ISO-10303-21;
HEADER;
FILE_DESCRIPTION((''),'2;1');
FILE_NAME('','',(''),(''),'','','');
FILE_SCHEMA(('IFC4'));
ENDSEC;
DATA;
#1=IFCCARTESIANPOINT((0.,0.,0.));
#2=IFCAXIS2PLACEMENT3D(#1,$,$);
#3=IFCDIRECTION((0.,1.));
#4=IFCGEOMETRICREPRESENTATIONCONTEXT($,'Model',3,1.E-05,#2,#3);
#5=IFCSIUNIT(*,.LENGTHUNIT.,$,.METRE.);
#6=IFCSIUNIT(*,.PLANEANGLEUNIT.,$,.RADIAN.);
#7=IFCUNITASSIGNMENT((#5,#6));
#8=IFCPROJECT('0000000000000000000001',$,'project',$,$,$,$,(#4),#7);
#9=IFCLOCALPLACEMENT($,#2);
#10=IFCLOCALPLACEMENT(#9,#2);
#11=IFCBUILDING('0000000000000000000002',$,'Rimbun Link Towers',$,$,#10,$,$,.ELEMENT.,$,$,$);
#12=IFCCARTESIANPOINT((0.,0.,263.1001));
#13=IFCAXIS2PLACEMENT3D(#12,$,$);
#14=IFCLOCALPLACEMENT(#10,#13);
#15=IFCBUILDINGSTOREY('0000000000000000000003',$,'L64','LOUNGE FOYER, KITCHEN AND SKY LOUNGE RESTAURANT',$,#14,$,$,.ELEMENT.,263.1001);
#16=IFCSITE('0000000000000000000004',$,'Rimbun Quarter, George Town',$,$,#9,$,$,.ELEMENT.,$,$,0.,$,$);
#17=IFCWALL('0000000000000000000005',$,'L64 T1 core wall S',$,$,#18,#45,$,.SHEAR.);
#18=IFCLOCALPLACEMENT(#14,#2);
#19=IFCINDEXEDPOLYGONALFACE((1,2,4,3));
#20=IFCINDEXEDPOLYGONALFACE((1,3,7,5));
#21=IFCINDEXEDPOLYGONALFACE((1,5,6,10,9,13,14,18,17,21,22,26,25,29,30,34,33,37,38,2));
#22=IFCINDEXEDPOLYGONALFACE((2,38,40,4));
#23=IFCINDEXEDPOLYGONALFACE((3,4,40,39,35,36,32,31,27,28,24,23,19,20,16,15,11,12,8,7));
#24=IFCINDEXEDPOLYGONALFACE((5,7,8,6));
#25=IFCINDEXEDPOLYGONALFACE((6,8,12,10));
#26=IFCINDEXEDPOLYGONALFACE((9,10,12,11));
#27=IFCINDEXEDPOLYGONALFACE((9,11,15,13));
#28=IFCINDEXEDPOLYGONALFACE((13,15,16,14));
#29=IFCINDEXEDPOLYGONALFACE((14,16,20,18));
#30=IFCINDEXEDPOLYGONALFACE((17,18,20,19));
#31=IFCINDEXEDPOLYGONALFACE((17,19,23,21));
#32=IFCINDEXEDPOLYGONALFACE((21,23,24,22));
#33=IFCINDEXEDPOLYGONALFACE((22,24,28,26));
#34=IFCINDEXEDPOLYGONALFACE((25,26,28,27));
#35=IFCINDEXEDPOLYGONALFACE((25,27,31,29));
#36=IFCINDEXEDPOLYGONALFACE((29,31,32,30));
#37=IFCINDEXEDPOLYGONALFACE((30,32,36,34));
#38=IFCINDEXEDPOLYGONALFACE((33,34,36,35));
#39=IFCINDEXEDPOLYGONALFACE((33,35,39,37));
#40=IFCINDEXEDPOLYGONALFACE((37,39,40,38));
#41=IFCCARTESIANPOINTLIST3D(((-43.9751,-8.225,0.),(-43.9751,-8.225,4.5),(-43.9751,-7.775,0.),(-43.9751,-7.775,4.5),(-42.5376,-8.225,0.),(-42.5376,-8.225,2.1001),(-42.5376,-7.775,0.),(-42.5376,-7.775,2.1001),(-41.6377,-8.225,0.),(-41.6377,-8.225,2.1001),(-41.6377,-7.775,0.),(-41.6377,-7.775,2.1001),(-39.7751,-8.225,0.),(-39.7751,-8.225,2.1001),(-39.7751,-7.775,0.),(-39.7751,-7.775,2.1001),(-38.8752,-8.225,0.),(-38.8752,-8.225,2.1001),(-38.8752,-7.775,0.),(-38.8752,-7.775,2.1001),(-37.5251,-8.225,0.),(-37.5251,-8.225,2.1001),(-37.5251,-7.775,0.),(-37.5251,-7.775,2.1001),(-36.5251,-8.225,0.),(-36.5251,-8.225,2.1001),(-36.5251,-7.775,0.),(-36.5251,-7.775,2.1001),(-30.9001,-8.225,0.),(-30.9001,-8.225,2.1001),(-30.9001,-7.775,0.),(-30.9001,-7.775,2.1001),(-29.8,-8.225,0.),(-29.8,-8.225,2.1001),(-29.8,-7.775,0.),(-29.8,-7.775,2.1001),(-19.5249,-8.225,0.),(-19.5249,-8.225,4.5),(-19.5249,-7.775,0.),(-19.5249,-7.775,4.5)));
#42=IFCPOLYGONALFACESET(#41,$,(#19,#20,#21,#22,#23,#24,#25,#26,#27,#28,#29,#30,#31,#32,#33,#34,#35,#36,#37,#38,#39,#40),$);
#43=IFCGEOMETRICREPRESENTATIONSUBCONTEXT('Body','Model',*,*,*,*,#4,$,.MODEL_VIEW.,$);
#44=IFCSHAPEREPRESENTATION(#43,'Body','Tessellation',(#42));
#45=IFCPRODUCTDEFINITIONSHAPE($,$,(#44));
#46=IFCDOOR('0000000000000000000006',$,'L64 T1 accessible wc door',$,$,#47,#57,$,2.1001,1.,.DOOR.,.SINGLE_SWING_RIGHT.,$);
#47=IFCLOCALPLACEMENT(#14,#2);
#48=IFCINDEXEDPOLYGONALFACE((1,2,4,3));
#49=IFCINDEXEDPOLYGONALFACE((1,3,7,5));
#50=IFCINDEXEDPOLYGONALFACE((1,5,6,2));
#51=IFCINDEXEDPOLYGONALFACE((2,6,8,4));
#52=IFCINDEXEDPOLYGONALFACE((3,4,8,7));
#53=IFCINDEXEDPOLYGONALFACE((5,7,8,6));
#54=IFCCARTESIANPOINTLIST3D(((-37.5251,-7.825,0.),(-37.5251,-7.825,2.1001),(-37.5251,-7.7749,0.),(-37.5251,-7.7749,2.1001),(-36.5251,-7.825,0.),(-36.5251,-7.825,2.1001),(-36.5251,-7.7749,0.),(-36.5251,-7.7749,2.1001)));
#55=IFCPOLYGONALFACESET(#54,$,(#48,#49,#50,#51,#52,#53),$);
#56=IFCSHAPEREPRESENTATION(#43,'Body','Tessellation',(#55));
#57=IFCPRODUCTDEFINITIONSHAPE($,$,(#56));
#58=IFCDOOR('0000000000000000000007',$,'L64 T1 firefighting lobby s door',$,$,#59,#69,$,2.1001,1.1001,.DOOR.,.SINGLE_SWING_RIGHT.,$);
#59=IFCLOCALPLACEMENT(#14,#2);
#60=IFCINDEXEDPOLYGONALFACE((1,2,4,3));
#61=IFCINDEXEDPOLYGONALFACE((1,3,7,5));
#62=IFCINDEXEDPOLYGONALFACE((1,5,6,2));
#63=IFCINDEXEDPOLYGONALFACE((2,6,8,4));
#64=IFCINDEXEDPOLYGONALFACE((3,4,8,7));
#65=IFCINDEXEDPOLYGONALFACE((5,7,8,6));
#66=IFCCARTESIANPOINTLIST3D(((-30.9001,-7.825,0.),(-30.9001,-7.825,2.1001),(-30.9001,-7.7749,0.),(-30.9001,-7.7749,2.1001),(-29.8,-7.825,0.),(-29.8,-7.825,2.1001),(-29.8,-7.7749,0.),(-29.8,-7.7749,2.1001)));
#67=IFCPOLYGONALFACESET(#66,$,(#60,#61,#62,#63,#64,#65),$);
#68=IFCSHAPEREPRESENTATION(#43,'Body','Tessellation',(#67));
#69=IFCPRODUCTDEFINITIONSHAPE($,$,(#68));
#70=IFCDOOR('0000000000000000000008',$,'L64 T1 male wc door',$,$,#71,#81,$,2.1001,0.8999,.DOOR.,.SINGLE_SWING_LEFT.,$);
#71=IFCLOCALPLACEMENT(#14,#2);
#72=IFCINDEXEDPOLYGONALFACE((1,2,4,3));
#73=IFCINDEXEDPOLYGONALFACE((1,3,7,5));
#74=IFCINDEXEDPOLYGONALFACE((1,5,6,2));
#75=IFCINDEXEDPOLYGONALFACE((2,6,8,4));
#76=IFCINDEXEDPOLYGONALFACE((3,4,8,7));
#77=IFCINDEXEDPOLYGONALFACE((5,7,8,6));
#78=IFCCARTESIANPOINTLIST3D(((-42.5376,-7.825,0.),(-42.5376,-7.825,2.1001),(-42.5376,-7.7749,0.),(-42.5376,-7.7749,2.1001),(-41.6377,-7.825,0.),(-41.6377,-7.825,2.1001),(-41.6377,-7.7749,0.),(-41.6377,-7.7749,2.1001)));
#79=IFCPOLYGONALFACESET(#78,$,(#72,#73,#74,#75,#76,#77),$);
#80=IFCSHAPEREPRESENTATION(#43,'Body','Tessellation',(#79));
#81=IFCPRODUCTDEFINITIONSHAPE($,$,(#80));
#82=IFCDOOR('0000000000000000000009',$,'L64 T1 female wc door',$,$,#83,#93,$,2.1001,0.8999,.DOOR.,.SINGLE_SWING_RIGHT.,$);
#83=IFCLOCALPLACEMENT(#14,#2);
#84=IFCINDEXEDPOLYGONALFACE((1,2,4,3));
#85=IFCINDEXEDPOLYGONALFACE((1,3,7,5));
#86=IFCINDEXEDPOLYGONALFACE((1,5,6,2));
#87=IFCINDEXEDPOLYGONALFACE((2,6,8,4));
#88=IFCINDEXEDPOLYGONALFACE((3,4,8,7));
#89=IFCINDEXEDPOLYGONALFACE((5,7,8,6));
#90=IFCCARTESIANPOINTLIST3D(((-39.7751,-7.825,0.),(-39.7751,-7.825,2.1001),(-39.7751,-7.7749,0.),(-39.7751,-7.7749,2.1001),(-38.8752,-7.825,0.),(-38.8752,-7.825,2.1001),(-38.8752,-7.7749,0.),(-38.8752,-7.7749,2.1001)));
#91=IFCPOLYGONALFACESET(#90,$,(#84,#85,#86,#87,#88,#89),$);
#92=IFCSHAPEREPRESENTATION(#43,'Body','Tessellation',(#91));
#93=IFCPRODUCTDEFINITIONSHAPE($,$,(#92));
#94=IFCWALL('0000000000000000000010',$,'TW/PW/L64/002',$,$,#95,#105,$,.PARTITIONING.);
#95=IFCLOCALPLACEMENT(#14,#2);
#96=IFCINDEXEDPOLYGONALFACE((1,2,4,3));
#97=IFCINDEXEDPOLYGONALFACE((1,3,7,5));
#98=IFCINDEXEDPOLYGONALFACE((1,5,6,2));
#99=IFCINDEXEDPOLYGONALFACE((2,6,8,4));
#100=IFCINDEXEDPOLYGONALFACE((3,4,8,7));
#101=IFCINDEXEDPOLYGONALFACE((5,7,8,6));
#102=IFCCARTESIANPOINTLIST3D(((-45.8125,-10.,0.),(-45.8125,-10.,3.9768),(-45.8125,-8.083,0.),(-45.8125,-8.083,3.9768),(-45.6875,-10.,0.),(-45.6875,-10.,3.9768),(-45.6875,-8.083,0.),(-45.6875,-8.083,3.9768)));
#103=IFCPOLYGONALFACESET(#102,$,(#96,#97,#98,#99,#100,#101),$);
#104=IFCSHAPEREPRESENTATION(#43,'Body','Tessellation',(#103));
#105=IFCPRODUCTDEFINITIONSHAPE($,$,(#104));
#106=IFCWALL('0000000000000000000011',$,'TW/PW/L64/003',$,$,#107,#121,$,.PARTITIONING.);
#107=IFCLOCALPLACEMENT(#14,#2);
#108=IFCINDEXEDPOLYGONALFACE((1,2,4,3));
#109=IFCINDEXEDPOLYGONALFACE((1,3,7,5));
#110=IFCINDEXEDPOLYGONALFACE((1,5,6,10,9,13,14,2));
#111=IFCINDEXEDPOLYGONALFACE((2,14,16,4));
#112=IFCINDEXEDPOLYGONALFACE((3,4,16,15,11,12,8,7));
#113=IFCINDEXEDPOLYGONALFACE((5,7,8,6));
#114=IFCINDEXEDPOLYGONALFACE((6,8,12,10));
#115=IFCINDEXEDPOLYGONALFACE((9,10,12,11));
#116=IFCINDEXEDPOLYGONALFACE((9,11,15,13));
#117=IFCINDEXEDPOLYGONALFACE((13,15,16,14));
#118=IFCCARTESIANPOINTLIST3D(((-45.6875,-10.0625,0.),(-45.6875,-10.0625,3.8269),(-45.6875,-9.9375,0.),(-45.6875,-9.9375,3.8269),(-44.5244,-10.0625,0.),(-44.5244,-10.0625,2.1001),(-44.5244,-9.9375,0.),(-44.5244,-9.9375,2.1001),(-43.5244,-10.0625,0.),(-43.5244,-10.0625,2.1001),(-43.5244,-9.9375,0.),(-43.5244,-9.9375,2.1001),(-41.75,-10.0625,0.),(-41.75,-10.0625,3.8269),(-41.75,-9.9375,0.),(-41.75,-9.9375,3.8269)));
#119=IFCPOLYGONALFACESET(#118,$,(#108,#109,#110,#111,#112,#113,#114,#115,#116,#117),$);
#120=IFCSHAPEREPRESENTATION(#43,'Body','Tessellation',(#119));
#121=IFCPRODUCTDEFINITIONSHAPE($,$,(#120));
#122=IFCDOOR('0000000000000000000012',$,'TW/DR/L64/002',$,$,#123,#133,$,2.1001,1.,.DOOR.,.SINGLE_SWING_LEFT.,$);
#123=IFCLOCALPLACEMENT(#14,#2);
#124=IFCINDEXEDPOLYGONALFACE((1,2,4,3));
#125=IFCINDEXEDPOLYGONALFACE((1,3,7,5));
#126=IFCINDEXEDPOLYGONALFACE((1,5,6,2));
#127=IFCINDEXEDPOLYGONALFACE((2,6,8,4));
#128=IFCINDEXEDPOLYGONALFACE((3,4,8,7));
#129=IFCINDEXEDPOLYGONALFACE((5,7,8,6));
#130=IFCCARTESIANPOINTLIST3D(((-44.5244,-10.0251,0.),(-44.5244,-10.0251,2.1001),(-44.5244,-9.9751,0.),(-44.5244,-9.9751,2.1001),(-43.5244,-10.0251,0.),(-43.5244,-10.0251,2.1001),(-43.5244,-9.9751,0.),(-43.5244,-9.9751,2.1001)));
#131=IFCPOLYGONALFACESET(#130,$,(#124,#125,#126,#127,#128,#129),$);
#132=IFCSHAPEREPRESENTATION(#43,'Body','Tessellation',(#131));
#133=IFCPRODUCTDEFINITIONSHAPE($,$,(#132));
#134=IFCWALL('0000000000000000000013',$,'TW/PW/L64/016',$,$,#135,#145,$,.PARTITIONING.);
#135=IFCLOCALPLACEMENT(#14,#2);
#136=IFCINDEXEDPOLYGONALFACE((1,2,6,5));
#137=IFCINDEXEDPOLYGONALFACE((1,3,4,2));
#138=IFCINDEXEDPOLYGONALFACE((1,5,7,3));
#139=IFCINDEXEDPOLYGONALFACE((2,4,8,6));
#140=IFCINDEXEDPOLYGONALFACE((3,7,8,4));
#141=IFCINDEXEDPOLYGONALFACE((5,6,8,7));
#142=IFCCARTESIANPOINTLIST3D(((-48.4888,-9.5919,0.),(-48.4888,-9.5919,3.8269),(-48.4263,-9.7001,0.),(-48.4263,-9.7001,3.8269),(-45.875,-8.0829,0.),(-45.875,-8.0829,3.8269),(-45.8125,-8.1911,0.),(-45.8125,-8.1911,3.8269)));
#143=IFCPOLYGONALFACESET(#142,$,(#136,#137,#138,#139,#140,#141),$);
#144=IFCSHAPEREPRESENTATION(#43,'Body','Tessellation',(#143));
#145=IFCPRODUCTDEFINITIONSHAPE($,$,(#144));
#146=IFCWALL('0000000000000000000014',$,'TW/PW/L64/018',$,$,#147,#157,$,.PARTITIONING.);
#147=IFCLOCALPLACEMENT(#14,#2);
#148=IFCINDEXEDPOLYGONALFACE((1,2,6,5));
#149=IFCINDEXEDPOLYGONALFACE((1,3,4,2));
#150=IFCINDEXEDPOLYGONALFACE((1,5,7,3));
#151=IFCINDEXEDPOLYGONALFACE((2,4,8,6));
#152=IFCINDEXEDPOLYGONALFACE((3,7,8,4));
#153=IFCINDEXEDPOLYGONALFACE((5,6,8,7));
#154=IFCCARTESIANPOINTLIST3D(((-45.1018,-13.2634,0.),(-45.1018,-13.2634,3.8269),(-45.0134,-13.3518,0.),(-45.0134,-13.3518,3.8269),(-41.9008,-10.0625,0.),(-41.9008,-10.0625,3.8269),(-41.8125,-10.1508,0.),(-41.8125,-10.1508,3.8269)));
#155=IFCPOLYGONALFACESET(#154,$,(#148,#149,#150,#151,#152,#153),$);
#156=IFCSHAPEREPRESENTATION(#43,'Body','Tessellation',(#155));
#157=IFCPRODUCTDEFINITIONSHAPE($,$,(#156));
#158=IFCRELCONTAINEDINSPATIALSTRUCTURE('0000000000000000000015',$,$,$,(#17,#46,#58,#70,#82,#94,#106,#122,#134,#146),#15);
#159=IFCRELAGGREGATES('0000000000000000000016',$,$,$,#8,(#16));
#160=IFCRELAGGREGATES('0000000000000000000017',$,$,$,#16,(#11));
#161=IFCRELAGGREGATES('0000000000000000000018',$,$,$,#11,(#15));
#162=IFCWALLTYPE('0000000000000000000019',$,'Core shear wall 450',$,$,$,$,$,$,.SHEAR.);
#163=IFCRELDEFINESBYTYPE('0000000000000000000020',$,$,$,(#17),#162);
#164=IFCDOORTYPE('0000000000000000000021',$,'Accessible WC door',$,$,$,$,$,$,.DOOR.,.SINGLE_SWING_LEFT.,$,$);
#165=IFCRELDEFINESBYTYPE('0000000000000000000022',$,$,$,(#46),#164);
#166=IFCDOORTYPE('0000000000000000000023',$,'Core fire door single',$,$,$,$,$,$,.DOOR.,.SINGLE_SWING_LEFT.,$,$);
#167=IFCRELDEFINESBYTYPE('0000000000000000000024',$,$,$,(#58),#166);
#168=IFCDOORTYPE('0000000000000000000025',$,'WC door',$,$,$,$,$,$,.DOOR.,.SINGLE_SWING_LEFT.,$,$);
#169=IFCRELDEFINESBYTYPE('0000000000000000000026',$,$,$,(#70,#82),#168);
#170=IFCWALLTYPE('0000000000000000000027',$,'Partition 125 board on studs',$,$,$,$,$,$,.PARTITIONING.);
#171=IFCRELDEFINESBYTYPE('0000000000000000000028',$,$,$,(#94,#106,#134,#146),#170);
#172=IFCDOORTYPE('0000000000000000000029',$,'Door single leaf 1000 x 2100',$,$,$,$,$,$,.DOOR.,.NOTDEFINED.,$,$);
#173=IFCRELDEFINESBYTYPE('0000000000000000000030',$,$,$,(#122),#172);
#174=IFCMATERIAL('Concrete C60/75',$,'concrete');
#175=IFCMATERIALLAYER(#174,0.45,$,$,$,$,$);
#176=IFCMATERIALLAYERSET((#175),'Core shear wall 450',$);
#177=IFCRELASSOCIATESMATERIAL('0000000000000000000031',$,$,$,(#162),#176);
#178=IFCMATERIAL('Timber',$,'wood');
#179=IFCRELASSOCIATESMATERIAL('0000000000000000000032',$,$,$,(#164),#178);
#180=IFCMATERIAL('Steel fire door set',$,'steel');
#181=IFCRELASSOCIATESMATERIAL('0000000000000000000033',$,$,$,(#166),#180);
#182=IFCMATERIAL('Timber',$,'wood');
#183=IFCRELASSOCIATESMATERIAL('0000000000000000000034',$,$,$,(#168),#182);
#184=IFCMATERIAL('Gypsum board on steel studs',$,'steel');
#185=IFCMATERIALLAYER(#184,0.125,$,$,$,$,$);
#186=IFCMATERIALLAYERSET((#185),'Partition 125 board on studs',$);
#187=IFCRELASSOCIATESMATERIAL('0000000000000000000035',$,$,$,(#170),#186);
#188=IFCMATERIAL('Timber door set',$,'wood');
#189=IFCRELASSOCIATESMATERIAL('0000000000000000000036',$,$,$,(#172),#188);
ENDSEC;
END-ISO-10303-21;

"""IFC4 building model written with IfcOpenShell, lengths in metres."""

from ifc_helpers import new_model, si_unit, direction, frame, frame_2d, origin, place, context, subcontext, project, spatial, rectangle, extrude, material, layer, layer_set, type_object, element, fill, save


model = new_model("IFC4")

# Units and contexts
model_context = context("Model", 3, precision=1e-05, world=origin(), true_north=direction((0.0, 1.0)))
body_context = subcontext(model_context, "Body", "Model", "MODEL_VIEW")
ifc_project = project(units=[si_unit("LENGTHUNIT", "METRE"), si_unit("PLANEANGLEUNIT", "RADIAN")], contexts=[model_context])

# Site, building, storey
site_placement = place(None, origin())
site = spatial("IfcSite", under=ifc_project, at=site_placement, Name="Rimbun Quarter, George Town", CompositionType="ELEMENT", RefElevation=0.0)
building_placement = place(site_placement, origin())
building = spatial("IfcBuilding", under=site, at=building_placement, Name="Rimbun Link Towers", CompositionType="ELEMENT")
storey_placement = place(building_placement, frame((0.0, 0.0, 263.1001)))
storey = spatial("IfcBuildingStorey", under=building, at=storey_placement, Name="L64", Description="LOUNGE FOYER, KITCHEN AND SKY LOUNGE RESTAURANT", CompositionType="ELEMENT", Elevation=263.1001)

# Wall, openings, doors
ifc_material_1 = material(Name="Concrete C60/75", Category="concrete")
ifc_layer_1 = layer(ifc_material_1, 0.45)
ifc_layer_set_1 = layer_set([ifc_layer_1], Name="Core shear wall 450")
wall_type_1 = type_object("IfcWallType", Name="Core shear wall 450", PredefinedType="SHEAR", material=ifc_layer_set_1)
wall_1_placement = place(storey_placement, frame((-43.9751, -8.0, 0.0), z_axis=(0.0, 0.0, 1.0), x_axis=(1.0, 0.0, 0.0)))
wall_1 = element("IfcWall", 1, at=wall_1_placement, inside=storey, type_object=wall_type_1, Name="L64 T1 core wall S", PredefinedType="SHEAR", context=body_context, shape_type="SweptSolid", body=[
    extrude(rectangle(XDim=24.4502, YDim=0.45, at=frame_2d((12.2251, 0.0))), origin(), (0.0, 0.0, 1.0), 4.5),
])
opening_1_placement = place(wall_1_placement, frame((13.075, 0.0, 0.0)))
opening_1 = element("IfcOpeningElement", 2, at=opening_1_placement, cuts=wall_1, PredefinedType="OPENING", context=body_context, shape_type="SweptSolid", body=[
    extrude(rectangle(XDim=1.1001, YDim=2.1001, at=frame_2d((0.55, 1.05))), frame((0.0, 0.2349, 0.0), z_axis=(0.0, -1.0, 0.0), x_axis=(1.0, 0.0, 0.0)), (0.0, 0.0, 1.0), 0.47),
])
opening_2_placement = place(wall_1_placement, frame((1.4375, 0.0, 0.0)))
opening_2 = element("IfcOpeningElement", 3, at=opening_2_placement, cuts=wall_1, PredefinedType="OPENING", context=body_context, shape_type="SweptSolid", body=[
    extrude(rectangle(XDim=0.8999, YDim=2.1001, at=frame_2d((0.45, 1.05))), frame((0.0, 0.2349, 0.0), z_axis=(0.0, -1.0, 0.0), x_axis=(1.0, 0.0, 0.0)), (0.0, 0.0, 1.0), 0.47),
])
opening_3_placement = place(wall_1_placement, frame((4.2, 0.0, 0.0)))
opening_3 = element("IfcOpeningElement", 4, at=opening_3_placement, cuts=wall_1, PredefinedType="OPENING", context=body_context, shape_type="SweptSolid", body=[
    extrude(rectangle(XDim=0.8999, YDim=2.1001, at=frame_2d((0.45, 1.05))), frame((0.0, 0.2349, 0.0), z_axis=(0.0, -1.0, 0.0), x_axis=(1.0, 0.0, 0.0)), (0.0, 0.0, 1.0), 0.47),
])
opening_4_placement = place(wall_1_placement, frame((6.45, 0.0, 0.0)))
opening_4 = element("IfcOpeningElement", 5, at=opening_4_placement, cuts=wall_1, PredefinedType="OPENING", context=body_context, shape_type="SweptSolid", body=[
    extrude(rectangle(XDim=1.0, YDim=2.1001, at=frame_2d((0.5, 1.05))), frame((0.0, 0.2349, 0.0), z_axis=(0.0, -1.0, 0.0), x_axis=(1.0, 0.0, 0.0)), (0.0, 0.0, 1.0), 0.47),
])
ifc_material_2 = material(Name="Timber", Category="wood")
door_type_1 = type_object("IfcDoorType", Name="Accessible WC door", OperationType="SINGLE_SWING_LEFT", PredefinedType="DOOR", material=ifc_material_2)
door_1_placement = place(opening_4_placement, origin())
door_1 = element("IfcDoor", 6, at=door_1_placement, inside=storey, type_object=door_type_1, Name="L64 T1 accessible wc door", OperationType="SINGLE_SWING_RIGHT", OverallHeight=2.1001, OverallWidth=1.0, PredefinedType="DOOR", context=body_context, shape_type="SweptSolid", body=[
    extrude(rectangle(XDim=1.0, YDim=2.1001, at=frame_2d((0.5, 1.05))), frame((0.0, 0.2251, 0.0), z_axis=(0.0, -1.0, 0.0), x_axis=(1.0, 0.0, 0.0)), (0.0, 0.0, 1.0), 0.05),
])
fill(opening_4, door_1)
ifc_material_3 = material(Name="Steel fire door set", Category="steel")
door_type_2 = type_object("IfcDoorType", Name="Core fire door single", OperationType="SINGLE_SWING_LEFT", PredefinedType="DOOR", material=ifc_material_3)
door_2_placement = place(opening_1_placement, origin())
door_2 = element("IfcDoor", 7, at=door_2_placement, inside=storey, type_object=door_type_2, Name="L64 T1 firefighting lobby s door", OperationType="SINGLE_SWING_RIGHT", OverallHeight=2.1001, OverallWidth=1.1001, PredefinedType="DOOR", context=body_context, shape_type="SweptSolid", body=[
    extrude(rectangle(XDim=1.1001, YDim=2.1001, at=frame_2d((0.55, 1.05))), frame((0.0, 0.2251, 0.0), z_axis=(0.0, -1.0, 0.0), x_axis=(1.0, 0.0, 0.0)), (0.0, 0.0, 1.0), 0.05),
])
fill(opening_1, door_2)
ifc_material_4 = material(Name="Timber", Category="wood")
door_type_3 = type_object("IfcDoorType", Name="WC door", OperationType="SINGLE_SWING_LEFT", PredefinedType="DOOR", material=ifc_material_4)
door_3_placement = place(opening_2_placement, origin())
door_3 = element("IfcDoor", 8, at=door_3_placement, inside=storey, type_object=door_type_3, Name="L64 T1 male wc door", OperationType="SINGLE_SWING_LEFT", OverallHeight=2.1001, OverallWidth=0.8999, PredefinedType="DOOR", context=body_context, shape_type="SweptSolid", body=[
    extrude(rectangle(XDim=0.8999, YDim=2.1001, at=frame_2d((0.45, 1.05))), frame((0.0, 0.2251, 0.0), z_axis=(0.0, -1.0, 0.0), x_axis=(1.0, 0.0, 0.0)), (0.0, 0.0, 1.0), 0.05),
])
fill(opening_2, door_3)
door_4_placement = place(opening_3_placement, origin())
door_4 = element("IfcDoor", 9, at=door_4_placement, inside=storey, type_object=door_type_3, Name="L64 T1 female wc door", OperationType="SINGLE_SWING_RIGHT", OverallHeight=2.1001, OverallWidth=0.8999, PredefinedType="DOOR", context=body_context, shape_type="SweptSolid", body=[
    extrude(rectangle(XDim=0.8999, YDim=2.1001, at=frame_2d((0.45, 1.05))), frame((0.0, 0.2251, 0.0), z_axis=(0.0, -1.0, 0.0), x_axis=(1.0, 0.0, 0.0)), (0.0, 0.0, 1.0), 0.05),
])
fill(opening_3, door_4)

# Wall
ifc_material_5 = material(Name="Gypsum board on steel studs", Category="steel")
ifc_layer_2 = layer(ifc_material_5, 0.125)
ifc_layer_set_2 = layer_set([ifc_layer_2], Name="Partition 125 board on studs")
wall_type_2 = type_object("IfcWallType", Name="Partition 125 board on studs", PredefinedType="PARTITIONING", material=ifc_layer_set_2)
wall_2_placement = place(storey_placement, frame((-45.75, -8.083, 0.0), z_axis=(0.0, 0.0, 1.0), x_axis=(0.0, -1.0, 0.0)))
element("IfcWall", 10, at=wall_2_placement, inside=storey, type_object=wall_type_2, Name="TW/PW/L64/002", PredefinedType="PARTITIONING", context=body_context, shape_type="SweptSolid", body=[
    extrude(rectangle(XDim=1.917, YDim=0.125, at=frame_2d((0.9585, 0.0))), origin(), (0.0, 0.0, 1.0), 3.9768),
])

# Wall, opening, door
wall_3_placement = place(storey_placement, frame((-45.6875, -10.0, 0.0), z_axis=(0.0, 0.0, 1.0), x_axis=(1.0, 0.0, 0.0)))
wall_3 = element("IfcWall", 11, at=wall_3_placement, inside=storey, type_object=wall_type_2, Name="TW/PW/L64/003", PredefinedType="PARTITIONING", context=body_context, shape_type="SweptSolid", body=[
    extrude(rectangle(XDim=3.9375, YDim=0.125, at=frame_2d((1.9688, 0.0))), origin(), (0.0, 0.0, 1.0), 3.8269),
])
opening_5_placement = place(wall_3_placement, frame((1.1631, 0.0, 0.0)))
opening_5 = element("IfcOpeningElement", 12, at=opening_5_placement, cuts=wall_3, PredefinedType="OPENING", context=body_context, shape_type="SweptSolid", body=[
    extrude(rectangle(XDim=1.0, YDim=2.1001, at=frame_2d((0.5, 1.05))), frame((0.0, 0.0725, 0.0), z_axis=(0.0, -1.0, 0.0), x_axis=(1.0, 0.0, 0.0)), (0.0, 0.0, 1.0), 0.145),
])
ifc_material_6 = material(Name="Timber door set", Category="wood")
door_type_4 = type_object("IfcDoorType", Name="Door single leaf 1000 x 2100", OperationType="NOTDEFINED", PredefinedType="DOOR", material=ifc_material_6)
door_5_placement = place(opening_5_placement, origin())
door_5 = element("IfcDoor", 13, at=door_5_placement, inside=storey, type_object=door_type_4, Name="TW/DR/L64/002", OperationType="SINGLE_SWING_LEFT", OverallHeight=2.1001, OverallWidth=1.0, PredefinedType="DOOR", context=body_context, shape_type="SweptSolid", body=[
    extrude(rectangle(XDim=1.0, YDim=2.1001, at=frame_2d((0.5, 1.05))), frame((0.0, 0.0249, 0.0), z_axis=(0.0, -1.0, 0.0), x_axis=(1.0, 0.0, 0.0)), (0.0, 0.0, 1.0), 0.05),
])
fill(opening_5, door_5)

# Walls
wall_4_placement = place(storey_placement, frame((-48.4575, -9.646, 0.0), z_axis=(0.0, 0.0, 1.0), x_axis=(0.866029, 0.499993, 0.0)))
element("IfcWall", 14, at=wall_4_placement, inside=storey, type_object=wall_type_2, Name="TW/PW/L64/016", PredefinedType="PARTITIONING", context=body_context, shape_type="SweptSolid", body=[
    extrude(rectangle(XDim=3.0181, YDim=0.125, at=frame_2d((1.509, 0.0))), origin(), (0.0, 0.0, 1.0), 3.8269),
])
wall_5_placement = place(storey_placement, frame((-45.0576, -13.3076, 0.0), z_axis=(0.0, 0.0, 1.0), x_axis=(0.707107, 0.707107, 0.0)))
element("IfcWall", 15, at=wall_5_placement, inside=storey, type_object=wall_type_2, Name="TW/PW/L64/018", PredefinedType="PARTITIONING", context=body_context, shape_type="SweptSolid", body=[
    extrude(rectangle(XDim=4.5269, YDim=0.125, at=frame_2d((2.2634, 0.0))), origin(), (0.0, 0.0, 1.0), 3.8269),
])

save(model, "model.ifc")
